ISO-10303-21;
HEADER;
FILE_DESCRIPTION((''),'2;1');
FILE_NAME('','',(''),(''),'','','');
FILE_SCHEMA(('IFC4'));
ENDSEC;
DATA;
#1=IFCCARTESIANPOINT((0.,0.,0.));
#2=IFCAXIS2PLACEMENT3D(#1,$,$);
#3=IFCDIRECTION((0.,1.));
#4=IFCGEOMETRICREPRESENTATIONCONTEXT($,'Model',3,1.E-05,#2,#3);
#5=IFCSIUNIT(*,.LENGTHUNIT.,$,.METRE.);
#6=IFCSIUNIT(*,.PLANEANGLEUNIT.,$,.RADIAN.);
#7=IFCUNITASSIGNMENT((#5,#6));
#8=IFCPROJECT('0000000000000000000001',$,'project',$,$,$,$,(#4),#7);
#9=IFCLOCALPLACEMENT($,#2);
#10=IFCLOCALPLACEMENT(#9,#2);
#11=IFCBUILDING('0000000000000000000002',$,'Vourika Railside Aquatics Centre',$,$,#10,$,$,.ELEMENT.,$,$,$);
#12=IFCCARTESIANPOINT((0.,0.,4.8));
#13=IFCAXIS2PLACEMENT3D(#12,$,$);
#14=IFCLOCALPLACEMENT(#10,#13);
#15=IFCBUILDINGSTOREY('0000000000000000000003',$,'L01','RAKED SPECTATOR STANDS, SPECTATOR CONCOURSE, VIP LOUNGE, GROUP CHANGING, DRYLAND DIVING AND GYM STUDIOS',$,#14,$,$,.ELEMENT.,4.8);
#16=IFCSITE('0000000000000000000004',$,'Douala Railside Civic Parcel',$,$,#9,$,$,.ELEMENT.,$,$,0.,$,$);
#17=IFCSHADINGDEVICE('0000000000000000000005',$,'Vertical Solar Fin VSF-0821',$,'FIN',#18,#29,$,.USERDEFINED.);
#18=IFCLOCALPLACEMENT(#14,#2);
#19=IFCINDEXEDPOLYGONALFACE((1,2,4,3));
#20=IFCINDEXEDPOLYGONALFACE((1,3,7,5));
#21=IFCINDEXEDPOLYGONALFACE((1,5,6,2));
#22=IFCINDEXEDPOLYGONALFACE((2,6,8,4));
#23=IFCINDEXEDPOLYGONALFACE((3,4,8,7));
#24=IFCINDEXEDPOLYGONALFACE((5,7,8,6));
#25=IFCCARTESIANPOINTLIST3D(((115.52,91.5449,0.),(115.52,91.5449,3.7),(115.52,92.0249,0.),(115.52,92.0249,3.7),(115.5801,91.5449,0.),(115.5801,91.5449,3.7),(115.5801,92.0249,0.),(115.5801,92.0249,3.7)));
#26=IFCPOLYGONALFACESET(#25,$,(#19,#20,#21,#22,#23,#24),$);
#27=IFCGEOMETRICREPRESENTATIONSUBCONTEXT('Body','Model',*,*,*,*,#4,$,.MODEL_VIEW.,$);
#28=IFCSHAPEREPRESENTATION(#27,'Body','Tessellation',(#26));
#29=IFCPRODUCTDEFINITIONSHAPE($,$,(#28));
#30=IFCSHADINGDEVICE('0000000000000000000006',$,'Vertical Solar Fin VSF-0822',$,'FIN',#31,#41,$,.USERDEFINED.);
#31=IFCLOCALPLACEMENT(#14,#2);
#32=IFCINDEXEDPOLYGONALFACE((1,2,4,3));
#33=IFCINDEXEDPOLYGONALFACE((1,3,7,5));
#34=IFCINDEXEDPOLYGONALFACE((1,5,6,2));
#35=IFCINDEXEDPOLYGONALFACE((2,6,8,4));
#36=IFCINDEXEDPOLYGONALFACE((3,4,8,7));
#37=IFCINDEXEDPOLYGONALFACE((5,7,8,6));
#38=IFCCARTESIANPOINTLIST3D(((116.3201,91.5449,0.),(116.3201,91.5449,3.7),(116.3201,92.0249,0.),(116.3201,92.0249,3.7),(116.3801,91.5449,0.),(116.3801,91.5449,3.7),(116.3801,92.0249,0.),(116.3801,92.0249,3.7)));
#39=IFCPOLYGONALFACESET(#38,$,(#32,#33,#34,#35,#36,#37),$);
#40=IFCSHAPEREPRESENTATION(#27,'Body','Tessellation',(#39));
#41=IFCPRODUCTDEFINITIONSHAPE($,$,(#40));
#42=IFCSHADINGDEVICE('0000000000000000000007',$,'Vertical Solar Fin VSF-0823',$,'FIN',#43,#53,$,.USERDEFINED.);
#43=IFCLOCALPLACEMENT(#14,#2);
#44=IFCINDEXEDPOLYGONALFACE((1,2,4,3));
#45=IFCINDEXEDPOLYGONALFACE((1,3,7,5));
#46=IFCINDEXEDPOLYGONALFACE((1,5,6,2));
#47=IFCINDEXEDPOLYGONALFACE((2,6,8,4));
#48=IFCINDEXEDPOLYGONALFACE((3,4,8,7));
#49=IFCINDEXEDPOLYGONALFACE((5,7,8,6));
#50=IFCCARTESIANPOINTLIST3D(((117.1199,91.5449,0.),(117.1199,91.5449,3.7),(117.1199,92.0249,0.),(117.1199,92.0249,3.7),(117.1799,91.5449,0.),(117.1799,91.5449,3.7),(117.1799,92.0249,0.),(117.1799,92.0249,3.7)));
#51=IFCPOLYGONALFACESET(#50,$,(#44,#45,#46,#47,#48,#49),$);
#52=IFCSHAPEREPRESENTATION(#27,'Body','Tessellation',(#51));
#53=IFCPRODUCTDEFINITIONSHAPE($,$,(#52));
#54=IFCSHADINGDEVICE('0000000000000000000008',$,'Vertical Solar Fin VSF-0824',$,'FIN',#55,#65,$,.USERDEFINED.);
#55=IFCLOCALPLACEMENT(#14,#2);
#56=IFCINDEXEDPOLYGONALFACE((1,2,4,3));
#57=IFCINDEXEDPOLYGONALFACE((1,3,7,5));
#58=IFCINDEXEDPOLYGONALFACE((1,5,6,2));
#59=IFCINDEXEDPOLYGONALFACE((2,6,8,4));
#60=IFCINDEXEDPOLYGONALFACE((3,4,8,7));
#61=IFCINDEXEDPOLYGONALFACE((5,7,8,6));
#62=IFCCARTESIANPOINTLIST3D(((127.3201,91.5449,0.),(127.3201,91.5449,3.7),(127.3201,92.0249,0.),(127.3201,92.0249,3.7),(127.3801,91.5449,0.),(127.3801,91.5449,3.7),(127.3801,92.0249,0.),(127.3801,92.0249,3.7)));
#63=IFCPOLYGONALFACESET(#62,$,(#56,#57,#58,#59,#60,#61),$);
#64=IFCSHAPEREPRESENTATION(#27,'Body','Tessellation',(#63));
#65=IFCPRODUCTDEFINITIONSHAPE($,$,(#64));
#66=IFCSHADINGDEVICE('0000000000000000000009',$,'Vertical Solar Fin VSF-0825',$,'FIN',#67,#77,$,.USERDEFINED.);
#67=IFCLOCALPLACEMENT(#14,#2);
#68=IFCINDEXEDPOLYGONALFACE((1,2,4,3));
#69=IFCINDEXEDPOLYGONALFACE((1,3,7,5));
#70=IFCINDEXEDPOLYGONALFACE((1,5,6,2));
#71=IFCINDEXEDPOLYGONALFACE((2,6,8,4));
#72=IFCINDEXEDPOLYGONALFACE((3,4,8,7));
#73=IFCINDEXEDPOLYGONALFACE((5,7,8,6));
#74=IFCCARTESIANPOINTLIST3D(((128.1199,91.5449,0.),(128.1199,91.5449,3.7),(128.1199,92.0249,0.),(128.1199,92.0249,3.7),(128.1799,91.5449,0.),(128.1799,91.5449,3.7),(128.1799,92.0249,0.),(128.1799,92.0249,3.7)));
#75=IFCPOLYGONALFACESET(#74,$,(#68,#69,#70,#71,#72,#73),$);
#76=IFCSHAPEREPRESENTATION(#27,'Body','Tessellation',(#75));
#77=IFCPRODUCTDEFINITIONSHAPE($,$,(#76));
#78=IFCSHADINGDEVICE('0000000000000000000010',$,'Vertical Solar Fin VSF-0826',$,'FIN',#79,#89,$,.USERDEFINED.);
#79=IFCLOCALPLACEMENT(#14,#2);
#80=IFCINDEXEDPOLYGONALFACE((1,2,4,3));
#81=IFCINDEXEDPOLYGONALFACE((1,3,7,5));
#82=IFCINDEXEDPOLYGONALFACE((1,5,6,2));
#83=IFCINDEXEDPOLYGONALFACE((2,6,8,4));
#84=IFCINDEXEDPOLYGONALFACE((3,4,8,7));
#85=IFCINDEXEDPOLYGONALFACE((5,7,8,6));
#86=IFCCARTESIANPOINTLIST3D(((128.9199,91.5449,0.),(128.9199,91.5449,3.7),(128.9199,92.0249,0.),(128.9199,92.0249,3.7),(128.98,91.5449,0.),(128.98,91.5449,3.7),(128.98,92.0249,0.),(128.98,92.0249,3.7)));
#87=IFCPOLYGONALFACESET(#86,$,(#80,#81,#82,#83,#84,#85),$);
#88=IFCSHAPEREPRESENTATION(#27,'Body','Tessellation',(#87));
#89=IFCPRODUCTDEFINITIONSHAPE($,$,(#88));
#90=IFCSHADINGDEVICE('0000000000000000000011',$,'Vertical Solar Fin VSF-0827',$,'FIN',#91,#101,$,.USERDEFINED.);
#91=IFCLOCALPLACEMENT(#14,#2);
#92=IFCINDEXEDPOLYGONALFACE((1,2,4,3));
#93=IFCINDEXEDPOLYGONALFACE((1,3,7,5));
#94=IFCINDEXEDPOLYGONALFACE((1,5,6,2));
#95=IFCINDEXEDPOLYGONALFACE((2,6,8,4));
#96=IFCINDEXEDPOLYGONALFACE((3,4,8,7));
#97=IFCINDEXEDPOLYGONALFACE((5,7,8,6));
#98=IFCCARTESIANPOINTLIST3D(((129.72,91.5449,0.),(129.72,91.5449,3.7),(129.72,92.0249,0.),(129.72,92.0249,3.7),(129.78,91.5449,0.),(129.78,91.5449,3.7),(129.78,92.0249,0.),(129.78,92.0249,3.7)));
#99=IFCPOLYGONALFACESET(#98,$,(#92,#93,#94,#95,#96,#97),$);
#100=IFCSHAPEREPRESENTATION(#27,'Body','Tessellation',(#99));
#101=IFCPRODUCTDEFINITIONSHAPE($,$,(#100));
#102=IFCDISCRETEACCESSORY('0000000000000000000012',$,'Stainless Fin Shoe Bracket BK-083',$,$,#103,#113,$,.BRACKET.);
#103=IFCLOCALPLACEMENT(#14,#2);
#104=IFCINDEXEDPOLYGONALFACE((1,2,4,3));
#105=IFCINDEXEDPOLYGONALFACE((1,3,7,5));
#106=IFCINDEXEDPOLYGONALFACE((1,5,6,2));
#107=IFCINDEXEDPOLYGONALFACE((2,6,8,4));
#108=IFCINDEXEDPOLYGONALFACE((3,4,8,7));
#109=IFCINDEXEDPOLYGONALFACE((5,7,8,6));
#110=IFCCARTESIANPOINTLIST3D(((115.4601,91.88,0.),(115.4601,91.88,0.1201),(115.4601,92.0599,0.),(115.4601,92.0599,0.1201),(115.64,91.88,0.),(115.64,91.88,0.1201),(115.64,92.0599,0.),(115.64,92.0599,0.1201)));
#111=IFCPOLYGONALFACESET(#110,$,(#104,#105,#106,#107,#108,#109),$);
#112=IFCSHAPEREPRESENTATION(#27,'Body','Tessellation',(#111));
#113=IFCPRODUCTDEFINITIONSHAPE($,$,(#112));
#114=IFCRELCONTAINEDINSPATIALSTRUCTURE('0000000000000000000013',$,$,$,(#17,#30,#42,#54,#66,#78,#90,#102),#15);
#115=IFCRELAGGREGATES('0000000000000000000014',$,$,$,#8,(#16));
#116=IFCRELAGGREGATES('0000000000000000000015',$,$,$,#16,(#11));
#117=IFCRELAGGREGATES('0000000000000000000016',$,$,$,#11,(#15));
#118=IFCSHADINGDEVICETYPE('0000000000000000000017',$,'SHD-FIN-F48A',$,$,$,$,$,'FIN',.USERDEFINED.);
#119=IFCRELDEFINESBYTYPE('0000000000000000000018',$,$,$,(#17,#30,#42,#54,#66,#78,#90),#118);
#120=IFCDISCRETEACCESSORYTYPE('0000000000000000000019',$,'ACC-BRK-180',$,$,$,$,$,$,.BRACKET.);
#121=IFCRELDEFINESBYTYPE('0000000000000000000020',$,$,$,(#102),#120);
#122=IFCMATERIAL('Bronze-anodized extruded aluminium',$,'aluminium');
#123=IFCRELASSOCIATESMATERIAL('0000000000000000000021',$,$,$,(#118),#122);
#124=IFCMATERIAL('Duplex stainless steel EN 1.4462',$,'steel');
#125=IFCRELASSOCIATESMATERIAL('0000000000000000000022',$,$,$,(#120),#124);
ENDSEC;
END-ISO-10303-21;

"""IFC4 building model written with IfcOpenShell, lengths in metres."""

from ifc_helpers import new_model, si_unit, direction, frame, origin, origin_2d, place, context, subcontext, project, spatial, rectangle, extrude, material, material_profile, profile_set, type_object, element, save


model = new_model("IFC4")

# Units and contexts
model_context = context("Model", 3, precision=1e-05, world=origin(), true_north=direction((0.0, 1.0)))
body_context = subcontext(model_context, "Body", "Model", "MODEL_VIEW")
ifc_project = project(units=[si_unit("LENGTHUNIT", "METRE"), si_unit("PLANEANGLEUNIT", "RADIAN")], contexts=[model_context])

# Site, building, storey
site_placement = place(None, origin())
site = spatial("IfcSite", under=ifc_project, at=site_placement, Name="Douala Railside Civic Parcel", CompositionType="ELEMENT", RefElevation=0.0)
building_placement = place(site_placement, origin())
building = spatial("IfcBuilding", under=site, at=building_placement, Name="Vourika Railside Aquatics Centre", CompositionType="ELEMENT")
storey_placement = place(building_placement, frame((0.0, 0.0, 4.8)))
storey = spatial("IfcBuildingStorey", under=building, at=storey_placement, Name="L01", Description="RAKED SPECTATOR STANDS, SPECTATOR CONCOURSE, VIP LOUNGE, GROUP CHANGING, DRYLAND DIVING AND GYM STUDIOS", CompositionType="ELEMENT", Elevation=4.8)

# Shading devices
ifc_material_1 = material(Name="Bronze-anodized extruded aluminium", Category="aluminium")
ifc_material_profile_1 = material_profile(ifc_material_1, rectangle(XDim=0.0601, YDim=0.48, at=origin_2d()), Name="ALU-FIN 60x480")
ifc_profile_set_1 = profile_set([ifc_material_profile_1], Name="Bronze-anodized extruded aluminium")
shading_device_type = type_object("IfcShadingDeviceType", Name="SHD-FIN-F48A", ElementType="FIN", PredefinedType="USERDEFINED", material=ifc_profile_set_1)
for number, where, z_axis, x_axis, name in (
    (1, (115.55, 91.7849, 0.0), (0.0, 0.0, 1.0), (-1.0, 0.0, 0.0), "Vertical Solar Fin VSF-0821"),
    (2, (116.3501, 91.7849, 0.0), (0.0, 0.0, 1.0), (-1.0, 0.0, 0.0), "Vertical Solar Fin VSF-0822"),
    (3, (117.1499, 91.7849, 0.0), (0.0, 0.0, 1.0), (-1.0, 0.0, 0.0), "Vertical Solar Fin VSF-0823"),
    (4, (127.3501, 91.7849, 0.0), (0.0, 0.0, 1.0), (-1.0, 0.0, 0.0), "Vertical Solar Fin VSF-0824"),
    (5, (128.1499, 91.7849, 0.0), (0.0, 0.0, 1.0), (-1.0, 0.0, 0.0), "Vertical Solar Fin VSF-0825"),
    (6, (128.95, 91.7849, 0.0), (0.0, 0.0, 1.0), (-1.0, 0.0, 0.0), "Vertical Solar Fin VSF-0826"),
    (7, (129.75, 91.7849, 0.0), (0.0, 0.0, 1.0), (-1.0, 0.0, 0.0), "Vertical Solar Fin VSF-0827"),
):
    element("IfcShadingDevice", number, at=place(storey_placement, frame(where, z_axis=z_axis, x_axis=x_axis)), inside=storey, type_object=shading_device_type, Name=name, ObjectType="FIN", PredefinedType="USERDEFINED", context=body_context, shape_type="SweptSolid", body=[
        extrude(rectangle(XDim=0.0601, YDim=0.48, at=origin_2d()), origin(), (0.0, 0.0, 1.0), 3.7),
    ])

# Discrete accessory
ifc_material_2 = material(Name="Duplex stainless steel EN 1.4462", Category="steel")
discrete_accessory_type = type_object("IfcDiscreteAccessoryType", Name="ACC-BRK-180", PredefinedType="BRACKET", material=ifc_material_2)
discrete_accessory_placement = place(storey_placement, frame((115.55, 91.97, 0.0), z_axis=(0.0, 0.0, 1.0), x_axis=(0.0, -1.0, 0.0)))
element("IfcDiscreteAccessory", 8, at=discrete_accessory_placement, inside=storey, type_object=discrete_accessory_type, Name="Stainless Fin Shoe Bracket BK-083", PredefinedType="BRACKET", context=body_context, shape_type="SweptSolid", body=[
    extrude(rectangle(XDim=0.1799, YDim=0.1799, at=origin_2d()), origin(), (0.0, 0.0, 1.0), 0.1201),
])

save(model, "model.ifc")
